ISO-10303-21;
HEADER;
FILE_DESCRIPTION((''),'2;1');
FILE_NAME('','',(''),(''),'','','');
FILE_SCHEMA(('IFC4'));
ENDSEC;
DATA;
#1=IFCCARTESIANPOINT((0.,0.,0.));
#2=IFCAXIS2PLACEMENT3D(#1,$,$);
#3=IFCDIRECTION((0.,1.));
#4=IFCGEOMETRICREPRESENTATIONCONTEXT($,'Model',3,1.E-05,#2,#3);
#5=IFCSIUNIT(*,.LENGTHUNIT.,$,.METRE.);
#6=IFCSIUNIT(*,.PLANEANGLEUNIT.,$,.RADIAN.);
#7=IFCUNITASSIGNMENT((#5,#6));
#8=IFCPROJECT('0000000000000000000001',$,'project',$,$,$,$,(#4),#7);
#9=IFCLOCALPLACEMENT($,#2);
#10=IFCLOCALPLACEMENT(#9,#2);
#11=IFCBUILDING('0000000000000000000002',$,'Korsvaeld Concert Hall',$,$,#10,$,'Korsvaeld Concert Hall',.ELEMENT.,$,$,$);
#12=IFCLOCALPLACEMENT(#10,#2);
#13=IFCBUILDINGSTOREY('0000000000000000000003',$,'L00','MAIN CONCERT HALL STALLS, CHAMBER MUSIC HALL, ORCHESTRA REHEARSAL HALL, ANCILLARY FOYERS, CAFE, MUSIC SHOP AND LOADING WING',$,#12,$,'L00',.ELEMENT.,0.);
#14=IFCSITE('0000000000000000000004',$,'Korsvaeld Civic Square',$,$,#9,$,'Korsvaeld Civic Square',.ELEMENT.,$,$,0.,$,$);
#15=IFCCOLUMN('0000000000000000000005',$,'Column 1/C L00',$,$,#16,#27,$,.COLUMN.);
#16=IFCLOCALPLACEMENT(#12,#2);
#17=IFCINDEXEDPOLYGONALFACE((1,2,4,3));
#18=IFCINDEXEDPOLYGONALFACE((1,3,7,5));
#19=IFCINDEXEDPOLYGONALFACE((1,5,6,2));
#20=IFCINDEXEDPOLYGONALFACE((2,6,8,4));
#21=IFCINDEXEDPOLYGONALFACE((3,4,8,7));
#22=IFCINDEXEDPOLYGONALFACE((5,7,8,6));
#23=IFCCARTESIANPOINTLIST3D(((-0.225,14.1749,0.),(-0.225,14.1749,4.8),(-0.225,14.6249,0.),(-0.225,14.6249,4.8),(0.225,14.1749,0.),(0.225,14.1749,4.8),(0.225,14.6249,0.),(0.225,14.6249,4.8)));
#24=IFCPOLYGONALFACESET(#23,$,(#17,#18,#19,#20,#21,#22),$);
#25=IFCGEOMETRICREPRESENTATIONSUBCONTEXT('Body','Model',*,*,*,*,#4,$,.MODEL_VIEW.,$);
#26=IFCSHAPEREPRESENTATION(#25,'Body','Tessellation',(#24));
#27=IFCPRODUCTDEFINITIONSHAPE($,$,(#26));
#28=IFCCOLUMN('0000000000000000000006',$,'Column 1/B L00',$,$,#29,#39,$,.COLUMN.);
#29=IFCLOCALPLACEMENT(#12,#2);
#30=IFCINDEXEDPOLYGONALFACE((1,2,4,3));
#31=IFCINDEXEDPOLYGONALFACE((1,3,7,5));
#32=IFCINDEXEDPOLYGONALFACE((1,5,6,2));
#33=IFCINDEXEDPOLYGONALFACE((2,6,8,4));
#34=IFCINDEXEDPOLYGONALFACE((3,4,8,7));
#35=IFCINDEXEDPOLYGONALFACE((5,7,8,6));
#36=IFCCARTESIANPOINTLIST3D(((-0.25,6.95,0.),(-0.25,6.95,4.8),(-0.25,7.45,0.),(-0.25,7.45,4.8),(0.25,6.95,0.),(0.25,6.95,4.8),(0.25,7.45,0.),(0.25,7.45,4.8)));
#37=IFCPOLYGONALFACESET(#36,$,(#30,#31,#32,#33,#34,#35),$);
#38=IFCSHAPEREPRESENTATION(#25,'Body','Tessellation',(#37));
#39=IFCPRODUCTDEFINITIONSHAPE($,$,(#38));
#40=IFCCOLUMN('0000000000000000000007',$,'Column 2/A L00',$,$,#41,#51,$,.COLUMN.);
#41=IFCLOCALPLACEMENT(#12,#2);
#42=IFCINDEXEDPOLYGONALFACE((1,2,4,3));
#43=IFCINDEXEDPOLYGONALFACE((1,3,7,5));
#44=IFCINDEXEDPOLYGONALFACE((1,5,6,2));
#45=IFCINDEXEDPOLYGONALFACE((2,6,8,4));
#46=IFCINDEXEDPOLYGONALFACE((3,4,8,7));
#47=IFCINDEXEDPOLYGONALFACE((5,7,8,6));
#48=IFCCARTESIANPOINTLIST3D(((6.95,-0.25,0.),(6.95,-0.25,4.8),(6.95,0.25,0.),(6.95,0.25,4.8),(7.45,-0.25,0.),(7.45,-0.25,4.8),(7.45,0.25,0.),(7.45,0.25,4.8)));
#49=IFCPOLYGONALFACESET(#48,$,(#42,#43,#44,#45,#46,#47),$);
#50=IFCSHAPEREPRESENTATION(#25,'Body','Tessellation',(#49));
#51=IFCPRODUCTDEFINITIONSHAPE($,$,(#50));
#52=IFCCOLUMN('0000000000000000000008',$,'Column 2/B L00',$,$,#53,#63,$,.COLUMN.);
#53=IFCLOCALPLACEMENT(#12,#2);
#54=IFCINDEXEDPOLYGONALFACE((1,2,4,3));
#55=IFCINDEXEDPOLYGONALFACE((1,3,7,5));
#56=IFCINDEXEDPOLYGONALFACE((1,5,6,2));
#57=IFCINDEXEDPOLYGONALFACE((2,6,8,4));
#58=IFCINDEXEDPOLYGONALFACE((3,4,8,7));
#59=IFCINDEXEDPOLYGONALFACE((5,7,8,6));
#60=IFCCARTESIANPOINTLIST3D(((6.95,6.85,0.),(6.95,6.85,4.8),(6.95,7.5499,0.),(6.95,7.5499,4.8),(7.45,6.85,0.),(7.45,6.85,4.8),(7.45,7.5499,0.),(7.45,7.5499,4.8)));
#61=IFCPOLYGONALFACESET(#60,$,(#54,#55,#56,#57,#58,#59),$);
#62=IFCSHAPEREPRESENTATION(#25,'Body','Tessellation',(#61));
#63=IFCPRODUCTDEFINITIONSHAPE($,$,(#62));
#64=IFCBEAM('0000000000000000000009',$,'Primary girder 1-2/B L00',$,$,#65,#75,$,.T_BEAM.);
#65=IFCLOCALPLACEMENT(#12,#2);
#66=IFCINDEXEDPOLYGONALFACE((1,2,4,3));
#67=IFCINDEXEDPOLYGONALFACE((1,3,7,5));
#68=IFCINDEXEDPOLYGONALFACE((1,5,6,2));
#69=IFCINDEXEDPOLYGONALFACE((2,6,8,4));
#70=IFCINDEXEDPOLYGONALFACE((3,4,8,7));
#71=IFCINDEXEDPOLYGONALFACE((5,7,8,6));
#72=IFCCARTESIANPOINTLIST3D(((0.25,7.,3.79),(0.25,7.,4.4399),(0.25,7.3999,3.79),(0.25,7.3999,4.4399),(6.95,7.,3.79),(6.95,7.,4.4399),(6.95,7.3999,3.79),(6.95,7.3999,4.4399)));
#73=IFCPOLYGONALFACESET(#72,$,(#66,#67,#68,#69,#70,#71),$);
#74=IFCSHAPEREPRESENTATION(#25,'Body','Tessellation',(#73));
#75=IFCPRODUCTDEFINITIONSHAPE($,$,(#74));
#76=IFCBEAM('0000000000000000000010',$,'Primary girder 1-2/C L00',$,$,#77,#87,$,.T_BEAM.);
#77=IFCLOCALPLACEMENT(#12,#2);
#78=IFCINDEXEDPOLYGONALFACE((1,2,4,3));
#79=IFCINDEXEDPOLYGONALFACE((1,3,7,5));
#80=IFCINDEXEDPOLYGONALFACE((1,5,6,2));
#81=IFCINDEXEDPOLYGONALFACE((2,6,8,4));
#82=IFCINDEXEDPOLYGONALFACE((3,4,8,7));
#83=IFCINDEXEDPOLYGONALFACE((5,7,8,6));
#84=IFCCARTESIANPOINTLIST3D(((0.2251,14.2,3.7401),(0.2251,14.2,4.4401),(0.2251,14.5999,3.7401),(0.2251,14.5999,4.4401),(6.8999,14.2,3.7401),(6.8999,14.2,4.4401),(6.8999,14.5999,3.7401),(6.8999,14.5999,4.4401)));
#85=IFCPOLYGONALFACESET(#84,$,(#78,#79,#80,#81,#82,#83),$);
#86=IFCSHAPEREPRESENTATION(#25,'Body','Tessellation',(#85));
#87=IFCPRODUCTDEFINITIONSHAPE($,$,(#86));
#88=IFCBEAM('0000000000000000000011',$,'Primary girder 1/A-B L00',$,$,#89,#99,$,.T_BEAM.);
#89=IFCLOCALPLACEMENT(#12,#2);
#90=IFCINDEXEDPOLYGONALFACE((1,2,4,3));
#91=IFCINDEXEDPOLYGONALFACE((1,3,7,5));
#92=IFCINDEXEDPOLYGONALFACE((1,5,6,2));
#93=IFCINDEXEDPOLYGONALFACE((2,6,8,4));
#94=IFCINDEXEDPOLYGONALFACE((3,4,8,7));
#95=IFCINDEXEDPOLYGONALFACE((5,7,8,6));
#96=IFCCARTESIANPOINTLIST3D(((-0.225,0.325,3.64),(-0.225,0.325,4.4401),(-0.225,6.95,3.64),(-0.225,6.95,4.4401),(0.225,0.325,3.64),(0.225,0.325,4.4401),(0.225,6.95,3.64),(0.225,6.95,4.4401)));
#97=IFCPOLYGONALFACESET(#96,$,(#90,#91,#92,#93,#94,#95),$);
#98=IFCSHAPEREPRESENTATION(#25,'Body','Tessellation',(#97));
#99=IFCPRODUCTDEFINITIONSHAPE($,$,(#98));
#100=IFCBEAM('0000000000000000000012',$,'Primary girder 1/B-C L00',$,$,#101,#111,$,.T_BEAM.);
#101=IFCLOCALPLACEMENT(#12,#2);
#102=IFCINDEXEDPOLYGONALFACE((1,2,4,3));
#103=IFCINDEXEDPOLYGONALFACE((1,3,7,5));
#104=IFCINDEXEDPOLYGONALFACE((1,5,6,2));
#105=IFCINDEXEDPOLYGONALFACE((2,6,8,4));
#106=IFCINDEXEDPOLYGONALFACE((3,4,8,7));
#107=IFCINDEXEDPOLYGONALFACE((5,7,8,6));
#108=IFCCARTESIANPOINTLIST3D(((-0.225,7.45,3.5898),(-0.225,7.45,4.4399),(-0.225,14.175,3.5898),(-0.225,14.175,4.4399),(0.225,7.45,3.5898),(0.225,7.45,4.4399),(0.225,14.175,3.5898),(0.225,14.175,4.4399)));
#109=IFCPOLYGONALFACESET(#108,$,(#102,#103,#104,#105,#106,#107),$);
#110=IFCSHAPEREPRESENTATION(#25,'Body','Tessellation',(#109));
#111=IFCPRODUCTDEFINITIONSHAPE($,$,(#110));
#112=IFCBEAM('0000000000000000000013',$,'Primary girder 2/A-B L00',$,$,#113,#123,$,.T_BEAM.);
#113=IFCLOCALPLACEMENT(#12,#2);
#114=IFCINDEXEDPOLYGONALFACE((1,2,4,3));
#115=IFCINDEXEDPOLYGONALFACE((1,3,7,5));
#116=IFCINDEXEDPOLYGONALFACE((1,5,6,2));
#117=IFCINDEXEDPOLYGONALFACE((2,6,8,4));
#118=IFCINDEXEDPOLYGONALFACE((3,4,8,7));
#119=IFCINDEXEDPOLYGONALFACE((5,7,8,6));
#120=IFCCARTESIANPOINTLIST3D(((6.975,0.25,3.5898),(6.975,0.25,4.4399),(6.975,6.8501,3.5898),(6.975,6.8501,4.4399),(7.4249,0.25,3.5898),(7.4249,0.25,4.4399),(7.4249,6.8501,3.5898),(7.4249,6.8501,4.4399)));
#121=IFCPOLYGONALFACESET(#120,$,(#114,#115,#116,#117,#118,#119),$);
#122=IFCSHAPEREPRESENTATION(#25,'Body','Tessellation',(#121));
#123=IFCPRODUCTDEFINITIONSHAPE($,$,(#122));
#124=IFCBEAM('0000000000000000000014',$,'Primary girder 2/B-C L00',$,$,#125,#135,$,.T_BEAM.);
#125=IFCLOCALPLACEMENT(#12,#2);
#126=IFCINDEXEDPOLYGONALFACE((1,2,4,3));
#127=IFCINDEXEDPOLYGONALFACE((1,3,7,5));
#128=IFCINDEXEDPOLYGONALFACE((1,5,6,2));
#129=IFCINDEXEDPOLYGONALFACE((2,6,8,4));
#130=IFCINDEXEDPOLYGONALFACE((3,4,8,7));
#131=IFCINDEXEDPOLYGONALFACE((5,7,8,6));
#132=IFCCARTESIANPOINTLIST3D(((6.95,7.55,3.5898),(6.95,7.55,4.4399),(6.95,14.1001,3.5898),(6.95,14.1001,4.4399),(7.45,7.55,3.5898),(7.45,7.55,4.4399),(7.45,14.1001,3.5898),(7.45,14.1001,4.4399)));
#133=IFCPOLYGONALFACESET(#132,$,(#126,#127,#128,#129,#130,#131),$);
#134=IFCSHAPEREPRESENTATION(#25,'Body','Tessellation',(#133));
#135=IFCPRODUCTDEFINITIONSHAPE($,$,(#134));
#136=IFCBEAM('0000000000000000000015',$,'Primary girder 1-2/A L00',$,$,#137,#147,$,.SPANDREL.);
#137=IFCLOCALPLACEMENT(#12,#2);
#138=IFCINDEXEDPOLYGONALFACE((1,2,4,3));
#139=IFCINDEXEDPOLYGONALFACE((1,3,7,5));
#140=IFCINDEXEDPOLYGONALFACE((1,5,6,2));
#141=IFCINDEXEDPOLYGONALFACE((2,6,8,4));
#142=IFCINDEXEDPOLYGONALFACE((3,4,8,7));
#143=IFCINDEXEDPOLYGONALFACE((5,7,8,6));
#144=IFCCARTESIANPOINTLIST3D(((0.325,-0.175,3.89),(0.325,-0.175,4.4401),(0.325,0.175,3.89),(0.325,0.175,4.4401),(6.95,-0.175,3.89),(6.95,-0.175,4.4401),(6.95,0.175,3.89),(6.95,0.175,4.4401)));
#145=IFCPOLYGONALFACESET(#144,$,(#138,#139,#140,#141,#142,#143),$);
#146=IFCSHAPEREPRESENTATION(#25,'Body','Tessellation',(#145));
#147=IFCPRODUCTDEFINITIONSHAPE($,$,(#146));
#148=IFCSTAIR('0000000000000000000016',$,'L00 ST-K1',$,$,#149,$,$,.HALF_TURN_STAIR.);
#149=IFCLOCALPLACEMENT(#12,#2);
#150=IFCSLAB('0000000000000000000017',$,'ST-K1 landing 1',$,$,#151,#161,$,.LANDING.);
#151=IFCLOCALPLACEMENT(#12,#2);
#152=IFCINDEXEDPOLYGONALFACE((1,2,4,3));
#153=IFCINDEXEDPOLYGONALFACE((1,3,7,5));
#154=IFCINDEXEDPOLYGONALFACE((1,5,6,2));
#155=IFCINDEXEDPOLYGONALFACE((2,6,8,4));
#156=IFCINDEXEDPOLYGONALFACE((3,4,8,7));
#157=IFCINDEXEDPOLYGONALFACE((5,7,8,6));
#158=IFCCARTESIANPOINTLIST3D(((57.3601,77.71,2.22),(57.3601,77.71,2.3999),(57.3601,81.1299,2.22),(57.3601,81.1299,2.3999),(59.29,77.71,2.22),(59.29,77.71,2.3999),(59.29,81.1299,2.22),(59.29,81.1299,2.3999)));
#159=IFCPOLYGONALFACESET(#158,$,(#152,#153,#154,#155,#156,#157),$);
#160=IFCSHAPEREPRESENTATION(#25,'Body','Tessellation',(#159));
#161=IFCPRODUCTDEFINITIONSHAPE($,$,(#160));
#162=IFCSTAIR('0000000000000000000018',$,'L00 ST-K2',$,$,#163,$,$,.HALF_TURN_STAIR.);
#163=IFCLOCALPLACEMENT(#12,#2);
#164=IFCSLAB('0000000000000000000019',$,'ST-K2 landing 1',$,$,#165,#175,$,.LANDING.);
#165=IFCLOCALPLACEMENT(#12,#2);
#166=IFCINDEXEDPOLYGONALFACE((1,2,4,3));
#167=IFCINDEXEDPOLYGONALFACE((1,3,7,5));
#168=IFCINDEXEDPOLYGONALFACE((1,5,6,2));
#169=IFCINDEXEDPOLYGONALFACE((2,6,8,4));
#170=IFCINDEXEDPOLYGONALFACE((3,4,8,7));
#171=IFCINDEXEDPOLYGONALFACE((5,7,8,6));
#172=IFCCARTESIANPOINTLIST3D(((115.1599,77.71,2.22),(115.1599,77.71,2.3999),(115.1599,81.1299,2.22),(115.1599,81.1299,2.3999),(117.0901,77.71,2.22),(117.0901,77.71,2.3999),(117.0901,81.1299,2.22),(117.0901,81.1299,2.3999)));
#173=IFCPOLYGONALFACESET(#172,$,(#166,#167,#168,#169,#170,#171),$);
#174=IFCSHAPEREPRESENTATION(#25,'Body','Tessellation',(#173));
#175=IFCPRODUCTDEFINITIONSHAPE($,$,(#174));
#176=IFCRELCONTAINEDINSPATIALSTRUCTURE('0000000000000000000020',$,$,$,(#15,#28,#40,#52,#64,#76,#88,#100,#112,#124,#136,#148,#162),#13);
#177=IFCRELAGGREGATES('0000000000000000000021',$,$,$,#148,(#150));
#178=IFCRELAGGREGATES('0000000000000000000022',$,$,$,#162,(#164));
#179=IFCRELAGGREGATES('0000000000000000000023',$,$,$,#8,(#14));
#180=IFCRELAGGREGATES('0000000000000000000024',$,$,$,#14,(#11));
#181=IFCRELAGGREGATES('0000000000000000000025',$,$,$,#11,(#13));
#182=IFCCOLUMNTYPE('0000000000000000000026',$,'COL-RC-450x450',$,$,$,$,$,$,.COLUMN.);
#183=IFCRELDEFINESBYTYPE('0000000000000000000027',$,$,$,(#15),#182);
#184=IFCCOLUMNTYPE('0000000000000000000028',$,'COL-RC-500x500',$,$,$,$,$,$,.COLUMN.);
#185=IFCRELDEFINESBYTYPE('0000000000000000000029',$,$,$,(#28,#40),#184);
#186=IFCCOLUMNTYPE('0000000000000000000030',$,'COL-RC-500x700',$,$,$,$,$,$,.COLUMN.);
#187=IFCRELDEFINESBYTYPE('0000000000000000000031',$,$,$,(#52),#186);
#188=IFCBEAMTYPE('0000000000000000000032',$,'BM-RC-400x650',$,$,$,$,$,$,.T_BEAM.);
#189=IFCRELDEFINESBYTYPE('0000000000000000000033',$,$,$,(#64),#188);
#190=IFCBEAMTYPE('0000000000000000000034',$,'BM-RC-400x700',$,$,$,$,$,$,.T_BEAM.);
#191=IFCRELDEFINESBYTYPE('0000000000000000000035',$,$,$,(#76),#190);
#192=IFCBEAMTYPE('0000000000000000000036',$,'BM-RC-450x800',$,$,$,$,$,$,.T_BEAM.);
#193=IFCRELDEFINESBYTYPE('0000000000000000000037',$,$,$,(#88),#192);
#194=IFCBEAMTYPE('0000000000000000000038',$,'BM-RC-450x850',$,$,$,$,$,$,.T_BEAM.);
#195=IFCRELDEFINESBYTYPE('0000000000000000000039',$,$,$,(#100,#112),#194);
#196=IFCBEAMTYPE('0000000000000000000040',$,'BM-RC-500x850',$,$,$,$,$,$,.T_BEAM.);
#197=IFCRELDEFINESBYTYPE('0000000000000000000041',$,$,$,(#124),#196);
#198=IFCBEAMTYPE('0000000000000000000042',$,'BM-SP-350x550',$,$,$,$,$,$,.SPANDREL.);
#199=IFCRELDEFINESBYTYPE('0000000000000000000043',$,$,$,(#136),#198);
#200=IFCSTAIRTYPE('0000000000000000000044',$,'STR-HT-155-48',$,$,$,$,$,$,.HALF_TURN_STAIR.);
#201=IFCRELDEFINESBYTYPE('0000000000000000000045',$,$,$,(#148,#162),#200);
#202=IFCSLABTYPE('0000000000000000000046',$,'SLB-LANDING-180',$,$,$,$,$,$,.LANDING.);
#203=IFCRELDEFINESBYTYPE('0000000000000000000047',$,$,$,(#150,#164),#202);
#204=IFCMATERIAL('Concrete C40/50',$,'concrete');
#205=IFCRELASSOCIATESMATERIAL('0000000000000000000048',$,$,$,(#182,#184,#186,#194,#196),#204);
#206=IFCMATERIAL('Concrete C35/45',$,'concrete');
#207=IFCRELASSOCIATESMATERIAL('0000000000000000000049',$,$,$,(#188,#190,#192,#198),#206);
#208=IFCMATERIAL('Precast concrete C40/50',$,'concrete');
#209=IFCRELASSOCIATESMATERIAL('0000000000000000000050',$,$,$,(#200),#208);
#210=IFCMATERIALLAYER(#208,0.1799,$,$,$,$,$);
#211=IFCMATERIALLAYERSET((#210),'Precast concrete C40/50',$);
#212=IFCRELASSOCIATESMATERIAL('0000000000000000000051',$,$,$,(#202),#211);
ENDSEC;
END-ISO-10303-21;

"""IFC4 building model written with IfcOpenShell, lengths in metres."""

from ifc_helpers import new_model, si_unit, direction, frame, origin, origin_2d, place, context, subcontext, project, spatial, polyline, rectangle, outline, extrude, material, layer, layer_set, material_profile, profile_set, type_object, element, aggregate, save


model = new_model("IFC4")

# Units and contexts
model_context = context("Model", 3, precision=1e-05, world=origin(), true_north=direction((0.0, 1.0)))
body_context = subcontext(model_context, "Body", "Model", "MODEL_VIEW")
ifc_project = project(units=[si_unit("LENGTHUNIT", "METRE"), si_unit("PLANEANGLEUNIT", "RADIAN")], contexts=[model_context])

# Site, building, storey
site_placement = place(None, origin())
site = spatial("IfcSite", under=ifc_project, at=site_placement, Name="Korsvaeld Civic Square", LongName="Korsvaeld Civic Square", CompositionType="ELEMENT", RefElevation=0.0)
building_placement = place(site_placement, origin())
building = spatial("IfcBuilding", under=site, at=building_placement, Name="Korsvaeld Concert Hall", LongName="Korsvaeld Concert Hall", CompositionType="ELEMENT")
storey_placement = place(building_placement, origin())
storey = spatial("IfcBuildingStorey", under=building, at=storey_placement, Name="L00", Description="MAIN CONCERT HALL STALLS, CHAMBER MUSIC HALL, ORCHESTRA REHEARSAL HALL, ANCILLARY FOYERS, CAFE, MUSIC SHOP AND LOADING WING", LongName="L00", CompositionType="ELEMENT", Elevation=0.0)

# Columns
ifc_material_1 = material(Name="Concrete C40/50", Category="concrete")
ifc_material_profile_1 = material_profile(ifc_material_1, rectangle(XDim=0.45, YDim=0.45, at=origin_2d()), Name="RC 450x450")
ifc_profile_set_1 = profile_set([ifc_material_profile_1], Name="Concrete C40/50")
column_type_1 = type_object("IfcColumnType", Name="COL-RC-450x450", PredefinedType="COLUMN", material=ifc_profile_set_1)
column_1_placement = place(storey_placement, frame((0.0, 14.3999, 0.0), z_axis=(0.0, 0.0, 1.0), x_axis=(1.0, 0.0, 0.0)))
element("IfcColumn", 1, at=column_1_placement, inside=storey, type_object=column_type_1, Name="Column 1/C L00", PredefinedType="COLUMN", context=body_context, shape_type="SweptSolid", body=[
    extrude(rectangle(XDim=0.45, YDim=0.45, at=origin_2d()), origin(), (0.0, 0.0, 1.0), 4.8),
])
ifc_material_profile_2 = material_profile(ifc_material_1, rectangle(XDim=0.5, YDim=0.5, at=origin_2d()), Name="RC 500x500")
ifc_profile_set_2 = profile_set([ifc_material_profile_2], Name="Concrete C40/50")
column_type_2 = type_object("IfcColumnType", Name="COL-RC-500x500", PredefinedType="COLUMN", material=ifc_profile_set_2)
for number, where, z_axis, x_axis, name in (
    (2, (0.0, 7.2, 0.0), (0.0, 0.0, 1.0), (1.0, 0.0, 0.0), "Column 1/B L00"),
    (3, (7.2, 0.0, 0.0), (0.0, 0.0, 1.0), (1.0, 0.0, 0.0), "Column 2/A L00"),
):
    element("IfcColumn", number, at=place(storey_placement, frame(where, z_axis=z_axis, x_axis=x_axis)), inside=storey, type_object=column_type_2, Name=name, PredefinedType="COLUMN", context=body_context, shape_type="SweptSolid", body=[
        extrude(rectangle(XDim=0.5, YDim=0.5, at=origin_2d()), origin(), (0.0, 0.0, 1.0), 4.8),
    ])
ifc_material_profile_3 = material_profile(ifc_material_1, rectangle(XDim=0.5, YDim=0.7, at=origin_2d()), Name="RC 500x700")
ifc_profile_set_3 = profile_set([ifc_material_profile_3], Name="Concrete C40/50")
column_type_3 = type_object("IfcColumnType", Name="COL-RC-500x700", PredefinedType="COLUMN", material=ifc_profile_set_3)
column_2_placement = place(storey_placement, frame((7.2, 7.2, 0.0), z_axis=(0.0, 0.0, 1.0), x_axis=(1.0, 0.0, 0.0)))
element("IfcColumn", 4, at=column_2_placement, inside=storey, type_object=column_type_3, Name="Column 2/B L00", PredefinedType="COLUMN", context=body_context, shape_type="SweptSolid", body=[
    extrude(rectangle(XDim=0.5, YDim=0.7, at=origin_2d()), origin(), (0.0, 0.0, 1.0), 4.8),
])

# Beams
ifc_material_2 = material(Name="Concrete C35/45", Category="concrete")
ifc_material_profile_4 = material_profile(ifc_material_2, rectangle(XDim=0.3999, YDim=0.6499, at=origin_2d()), Name="RC 400x650")
ifc_profile_set_4 = profile_set([ifc_material_profile_4], Name="Concrete C35/45")
beam_type_1 = type_object("IfcBeamType", Name="BM-RC-400x650", PredefinedType="T_BEAM", material=ifc_profile_set_4)
beam_1_placement = place(storey_placement, frame((0.25, 7.2, 4.115), z_axis=(1.0, 0.0, 0.0), x_axis=(0.0, 1.0, 0.0)))
element("IfcBeam", 5, at=beam_1_placement, inside=storey, type_object=beam_type_1, Name="Primary girder 1-2/B L00", PredefinedType="T_BEAM", context=body_context, shape_type="SweptSolid", body=[
    extrude(rectangle(XDim=0.3999, YDim=0.6499, at=origin_2d()), origin(), (0.0, 0.0, 1.0), 6.7),
])
ifc_material_profile_5 = material_profile(ifc_material_2, rectangle(XDim=0.3999, YDim=0.7, at=origin_2d()), Name="RC 400x700")
ifc_profile_set_5 = profile_set([ifc_material_profile_5], Name="Concrete C35/45")
beam_type_2 = type_object("IfcBeamType", Name="BM-RC-400x700", PredefinedType="T_BEAM", material=ifc_profile_set_5)
beam_2_placement = place(storey_placement, frame((0.2251, 14.3999, 4.0901), z_axis=(1.0, 0.0, 0.0), x_axis=(0.0, 1.0, 0.0)))
element("IfcBeam", 6, at=beam_2_placement, inside=storey, type_object=beam_type_2, Name="Primary girder 1-2/C L00", PredefinedType="T_BEAM", context=body_context, shape_type="SweptSolid", body=[
    extrude(rectangle(XDim=0.3999, YDim=0.7, at=origin_2d()), origin(), (0.0, 0.0, 1.0), 6.6748),
])
ifc_material_profile_6 = material_profile(ifc_material_2, rectangle(XDim=0.45, YDim=0.8, at=origin_2d()), Name="RC 450x800")
ifc_profile_set_6 = profile_set([ifc_material_profile_6], Name="Concrete C35/45")
beam_type_3 = type_object("IfcBeamType", Name="BM-RC-450x800", PredefinedType="T_BEAM", material=ifc_profile_set_6)
beam_3_placement = place(storey_placement, frame((0.0, 0.325, 4.04), z_axis=(0.0, 1.0, 0.0), x_axis=(-1.0, 0.0, 0.0)))
element("IfcBeam", 7, at=beam_3_placement, inside=storey, type_object=beam_type_3, Name="Primary girder 1/A-B L00", PredefinedType="T_BEAM", context=body_context, shape_type="SweptSolid", body=[
    extrude(rectangle(XDim=0.45, YDim=0.8, at=origin_2d()), origin(), (0.0, 0.0, 1.0), 6.625),
])
ifc_material_profile_7 = material_profile(ifc_material_1, rectangle(XDim=0.45, YDim=0.8501, at=origin_2d()), Name="RC 450x850")
ifc_profile_set_7 = profile_set([ifc_material_profile_7], Name="Concrete C40/50")
beam_type_4 = type_object("IfcBeamType", Name="BM-RC-450x850", PredefinedType="T_BEAM", material=ifc_profile_set_7)
beam_4_placement = place(storey_placement, frame((0.0, 7.45, 4.0149), z_axis=(0.0, 1.0, 0.0), x_axis=(-1.0, 0.0, 0.0)))
element("IfcBeam", 8, at=beam_4_placement, inside=storey, type_object=beam_type_4, Name="Primary girder 1/B-C L00", PredefinedType="T_BEAM", context=body_context, shape_type="SweptSolid", body=[
    extrude(rectangle(XDim=0.45, YDim=0.8501, at=origin_2d()), origin(), (0.0, 0.0, 1.0), 6.7251),
])
beam_5_placement = place(storey_placement, frame((7.2, 0.25, 4.0149), z_axis=(0.0, 1.0, 0.0), x_axis=(-1.0, 0.0, 0.0)))
element("IfcBeam", 9, at=beam_5_placement, inside=storey, type_object=beam_type_4, Name="Primary girder 2/A-B L00", PredefinedType="T_BEAM", context=body_context, shape_type="SweptSolid", body=[
    extrude(rectangle(XDim=0.45, YDim=0.8501, at=origin_2d()), origin(), (0.0, 0.0, 1.0), 6.6001),
])
ifc_material_profile_8 = material_profile(ifc_material_1, rectangle(XDim=0.5, YDim=0.8501, at=origin_2d()), Name="RC 500x850")
ifc_profile_set_8 = profile_set([ifc_material_profile_8], Name="Concrete C40/50")
beam_type_5 = type_object("IfcBeamType", Name="BM-RC-500x850", PredefinedType="T_BEAM", material=ifc_profile_set_8)
beam_6_placement = place(storey_placement, frame((7.2, 7.55, 4.0149), z_axis=(0.0, 1.0, 0.0), x_axis=(-1.0, 0.0, 0.0)))
element("IfcBeam", 10, at=beam_6_placement, inside=storey, type_object=beam_type_5, Name="Primary girder 2/B-C L00", PredefinedType="T_BEAM", context=body_context, shape_type="SweptSolid", body=[
    extrude(rectangle(XDim=0.5, YDim=0.8501, at=origin_2d()), origin(), (0.0, 0.0, 1.0), 6.55),
])
ifc_material_profile_9 = material_profile(ifc_material_2, rectangle(XDim=0.3501, YDim=0.55, at=origin_2d()), Name="RC 350x550")
ifc_profile_set_9 = profile_set([ifc_material_profile_9], Name="Concrete C35/45")
beam_type_6 = type_object("IfcBeamType", Name="BM-SP-350x550", PredefinedType="SPANDREL", material=ifc_profile_set_9)
beam_7_placement = place(storey_placement, frame((0.325, 0.0, 4.165), z_axis=(1.0, 0.0, 0.0), x_axis=(0.0, 1.0, 0.0)))
element("IfcBeam", 11, at=beam_7_placement, inside=storey, type_object=beam_type_6, Name="Primary girder 1-2/A L00", PredefinedType="SPANDREL", context=body_context, shape_type="SweptSolid", body=[
    extrude(rectangle(XDim=0.3501, YDim=0.55, at=origin_2d()), origin(), (0.0, 0.0, 1.0), 6.625),
])

# Stairs, slabs
ifc_material_3 = material(Name="Precast concrete C40/50", Category="concrete")
stair_type_1 = type_object("IfcStairType", Name="STR-HT-155-48", PredefinedType="HALF_TURN_STAIR", material=ifc_material_3)
stair_1_placement = place(storey_placement, origin())
stair_1 = element("IfcStair", 12, at=stair_1_placement, inside=storey, type_object=stair_type_1, Name="L00 ST-K1", PredefinedType="HALF_TURN_STAIR")
ifc_layer_1 = layer(ifc_material_3, 0.1799)
ifc_layer_set_1 = layer_set([ifc_layer_1], Name="Precast concrete C40/50")
slab_type = type_object("IfcSlabType", Name="SLB-LANDING-180", PredefinedType="LANDING", material=ifc_layer_set_1)
slab_1_placement = place(storey_placement, frame((0.0, 0.0, 2.22)))
slab_1 = element("IfcSlab", 13, at=slab_1_placement, type_object=slab_type, Name="ST-K1 landing 1", PredefinedType="LANDING", context=body_context, shape_type="SweptSolid", body=[
    extrude(outline(polyline([(57.3601, 77.71), (57.3601, 81.1299), (59.29, 81.1299), (59.29, 77.71), (57.3601, 77.71)])), origin(), (0.0, 0.0, 1.0), 0.1799),
])
aggregate(stair_1, [slab_1])
stair_2_placement = place(storey_placement, origin())
stair_2 = element("IfcStair", 14, at=stair_2_placement, inside=storey, type_object=stair_type_1, Name="L00 ST-K2", PredefinedType="HALF_TURN_STAIR")
slab_2_placement = place(storey_placement, frame((0.0, 0.0, 2.22)))
slab_2 = element("IfcSlab", 15, at=slab_2_placement, type_object=slab_type, Name="ST-K2 landing 1", PredefinedType="LANDING", context=body_context, shape_type="SweptSolid", body=[
    extrude(outline(polyline([(115.1599, 77.71), (115.1599, 81.1299), (117.0901, 81.1299), (117.0901, 77.71), (115.1599, 77.71)])), origin(), (0.0, 0.0, 1.0), 0.1799),
])
aggregate(stair_2, [slab_2])

save(model, "model.ifc")
